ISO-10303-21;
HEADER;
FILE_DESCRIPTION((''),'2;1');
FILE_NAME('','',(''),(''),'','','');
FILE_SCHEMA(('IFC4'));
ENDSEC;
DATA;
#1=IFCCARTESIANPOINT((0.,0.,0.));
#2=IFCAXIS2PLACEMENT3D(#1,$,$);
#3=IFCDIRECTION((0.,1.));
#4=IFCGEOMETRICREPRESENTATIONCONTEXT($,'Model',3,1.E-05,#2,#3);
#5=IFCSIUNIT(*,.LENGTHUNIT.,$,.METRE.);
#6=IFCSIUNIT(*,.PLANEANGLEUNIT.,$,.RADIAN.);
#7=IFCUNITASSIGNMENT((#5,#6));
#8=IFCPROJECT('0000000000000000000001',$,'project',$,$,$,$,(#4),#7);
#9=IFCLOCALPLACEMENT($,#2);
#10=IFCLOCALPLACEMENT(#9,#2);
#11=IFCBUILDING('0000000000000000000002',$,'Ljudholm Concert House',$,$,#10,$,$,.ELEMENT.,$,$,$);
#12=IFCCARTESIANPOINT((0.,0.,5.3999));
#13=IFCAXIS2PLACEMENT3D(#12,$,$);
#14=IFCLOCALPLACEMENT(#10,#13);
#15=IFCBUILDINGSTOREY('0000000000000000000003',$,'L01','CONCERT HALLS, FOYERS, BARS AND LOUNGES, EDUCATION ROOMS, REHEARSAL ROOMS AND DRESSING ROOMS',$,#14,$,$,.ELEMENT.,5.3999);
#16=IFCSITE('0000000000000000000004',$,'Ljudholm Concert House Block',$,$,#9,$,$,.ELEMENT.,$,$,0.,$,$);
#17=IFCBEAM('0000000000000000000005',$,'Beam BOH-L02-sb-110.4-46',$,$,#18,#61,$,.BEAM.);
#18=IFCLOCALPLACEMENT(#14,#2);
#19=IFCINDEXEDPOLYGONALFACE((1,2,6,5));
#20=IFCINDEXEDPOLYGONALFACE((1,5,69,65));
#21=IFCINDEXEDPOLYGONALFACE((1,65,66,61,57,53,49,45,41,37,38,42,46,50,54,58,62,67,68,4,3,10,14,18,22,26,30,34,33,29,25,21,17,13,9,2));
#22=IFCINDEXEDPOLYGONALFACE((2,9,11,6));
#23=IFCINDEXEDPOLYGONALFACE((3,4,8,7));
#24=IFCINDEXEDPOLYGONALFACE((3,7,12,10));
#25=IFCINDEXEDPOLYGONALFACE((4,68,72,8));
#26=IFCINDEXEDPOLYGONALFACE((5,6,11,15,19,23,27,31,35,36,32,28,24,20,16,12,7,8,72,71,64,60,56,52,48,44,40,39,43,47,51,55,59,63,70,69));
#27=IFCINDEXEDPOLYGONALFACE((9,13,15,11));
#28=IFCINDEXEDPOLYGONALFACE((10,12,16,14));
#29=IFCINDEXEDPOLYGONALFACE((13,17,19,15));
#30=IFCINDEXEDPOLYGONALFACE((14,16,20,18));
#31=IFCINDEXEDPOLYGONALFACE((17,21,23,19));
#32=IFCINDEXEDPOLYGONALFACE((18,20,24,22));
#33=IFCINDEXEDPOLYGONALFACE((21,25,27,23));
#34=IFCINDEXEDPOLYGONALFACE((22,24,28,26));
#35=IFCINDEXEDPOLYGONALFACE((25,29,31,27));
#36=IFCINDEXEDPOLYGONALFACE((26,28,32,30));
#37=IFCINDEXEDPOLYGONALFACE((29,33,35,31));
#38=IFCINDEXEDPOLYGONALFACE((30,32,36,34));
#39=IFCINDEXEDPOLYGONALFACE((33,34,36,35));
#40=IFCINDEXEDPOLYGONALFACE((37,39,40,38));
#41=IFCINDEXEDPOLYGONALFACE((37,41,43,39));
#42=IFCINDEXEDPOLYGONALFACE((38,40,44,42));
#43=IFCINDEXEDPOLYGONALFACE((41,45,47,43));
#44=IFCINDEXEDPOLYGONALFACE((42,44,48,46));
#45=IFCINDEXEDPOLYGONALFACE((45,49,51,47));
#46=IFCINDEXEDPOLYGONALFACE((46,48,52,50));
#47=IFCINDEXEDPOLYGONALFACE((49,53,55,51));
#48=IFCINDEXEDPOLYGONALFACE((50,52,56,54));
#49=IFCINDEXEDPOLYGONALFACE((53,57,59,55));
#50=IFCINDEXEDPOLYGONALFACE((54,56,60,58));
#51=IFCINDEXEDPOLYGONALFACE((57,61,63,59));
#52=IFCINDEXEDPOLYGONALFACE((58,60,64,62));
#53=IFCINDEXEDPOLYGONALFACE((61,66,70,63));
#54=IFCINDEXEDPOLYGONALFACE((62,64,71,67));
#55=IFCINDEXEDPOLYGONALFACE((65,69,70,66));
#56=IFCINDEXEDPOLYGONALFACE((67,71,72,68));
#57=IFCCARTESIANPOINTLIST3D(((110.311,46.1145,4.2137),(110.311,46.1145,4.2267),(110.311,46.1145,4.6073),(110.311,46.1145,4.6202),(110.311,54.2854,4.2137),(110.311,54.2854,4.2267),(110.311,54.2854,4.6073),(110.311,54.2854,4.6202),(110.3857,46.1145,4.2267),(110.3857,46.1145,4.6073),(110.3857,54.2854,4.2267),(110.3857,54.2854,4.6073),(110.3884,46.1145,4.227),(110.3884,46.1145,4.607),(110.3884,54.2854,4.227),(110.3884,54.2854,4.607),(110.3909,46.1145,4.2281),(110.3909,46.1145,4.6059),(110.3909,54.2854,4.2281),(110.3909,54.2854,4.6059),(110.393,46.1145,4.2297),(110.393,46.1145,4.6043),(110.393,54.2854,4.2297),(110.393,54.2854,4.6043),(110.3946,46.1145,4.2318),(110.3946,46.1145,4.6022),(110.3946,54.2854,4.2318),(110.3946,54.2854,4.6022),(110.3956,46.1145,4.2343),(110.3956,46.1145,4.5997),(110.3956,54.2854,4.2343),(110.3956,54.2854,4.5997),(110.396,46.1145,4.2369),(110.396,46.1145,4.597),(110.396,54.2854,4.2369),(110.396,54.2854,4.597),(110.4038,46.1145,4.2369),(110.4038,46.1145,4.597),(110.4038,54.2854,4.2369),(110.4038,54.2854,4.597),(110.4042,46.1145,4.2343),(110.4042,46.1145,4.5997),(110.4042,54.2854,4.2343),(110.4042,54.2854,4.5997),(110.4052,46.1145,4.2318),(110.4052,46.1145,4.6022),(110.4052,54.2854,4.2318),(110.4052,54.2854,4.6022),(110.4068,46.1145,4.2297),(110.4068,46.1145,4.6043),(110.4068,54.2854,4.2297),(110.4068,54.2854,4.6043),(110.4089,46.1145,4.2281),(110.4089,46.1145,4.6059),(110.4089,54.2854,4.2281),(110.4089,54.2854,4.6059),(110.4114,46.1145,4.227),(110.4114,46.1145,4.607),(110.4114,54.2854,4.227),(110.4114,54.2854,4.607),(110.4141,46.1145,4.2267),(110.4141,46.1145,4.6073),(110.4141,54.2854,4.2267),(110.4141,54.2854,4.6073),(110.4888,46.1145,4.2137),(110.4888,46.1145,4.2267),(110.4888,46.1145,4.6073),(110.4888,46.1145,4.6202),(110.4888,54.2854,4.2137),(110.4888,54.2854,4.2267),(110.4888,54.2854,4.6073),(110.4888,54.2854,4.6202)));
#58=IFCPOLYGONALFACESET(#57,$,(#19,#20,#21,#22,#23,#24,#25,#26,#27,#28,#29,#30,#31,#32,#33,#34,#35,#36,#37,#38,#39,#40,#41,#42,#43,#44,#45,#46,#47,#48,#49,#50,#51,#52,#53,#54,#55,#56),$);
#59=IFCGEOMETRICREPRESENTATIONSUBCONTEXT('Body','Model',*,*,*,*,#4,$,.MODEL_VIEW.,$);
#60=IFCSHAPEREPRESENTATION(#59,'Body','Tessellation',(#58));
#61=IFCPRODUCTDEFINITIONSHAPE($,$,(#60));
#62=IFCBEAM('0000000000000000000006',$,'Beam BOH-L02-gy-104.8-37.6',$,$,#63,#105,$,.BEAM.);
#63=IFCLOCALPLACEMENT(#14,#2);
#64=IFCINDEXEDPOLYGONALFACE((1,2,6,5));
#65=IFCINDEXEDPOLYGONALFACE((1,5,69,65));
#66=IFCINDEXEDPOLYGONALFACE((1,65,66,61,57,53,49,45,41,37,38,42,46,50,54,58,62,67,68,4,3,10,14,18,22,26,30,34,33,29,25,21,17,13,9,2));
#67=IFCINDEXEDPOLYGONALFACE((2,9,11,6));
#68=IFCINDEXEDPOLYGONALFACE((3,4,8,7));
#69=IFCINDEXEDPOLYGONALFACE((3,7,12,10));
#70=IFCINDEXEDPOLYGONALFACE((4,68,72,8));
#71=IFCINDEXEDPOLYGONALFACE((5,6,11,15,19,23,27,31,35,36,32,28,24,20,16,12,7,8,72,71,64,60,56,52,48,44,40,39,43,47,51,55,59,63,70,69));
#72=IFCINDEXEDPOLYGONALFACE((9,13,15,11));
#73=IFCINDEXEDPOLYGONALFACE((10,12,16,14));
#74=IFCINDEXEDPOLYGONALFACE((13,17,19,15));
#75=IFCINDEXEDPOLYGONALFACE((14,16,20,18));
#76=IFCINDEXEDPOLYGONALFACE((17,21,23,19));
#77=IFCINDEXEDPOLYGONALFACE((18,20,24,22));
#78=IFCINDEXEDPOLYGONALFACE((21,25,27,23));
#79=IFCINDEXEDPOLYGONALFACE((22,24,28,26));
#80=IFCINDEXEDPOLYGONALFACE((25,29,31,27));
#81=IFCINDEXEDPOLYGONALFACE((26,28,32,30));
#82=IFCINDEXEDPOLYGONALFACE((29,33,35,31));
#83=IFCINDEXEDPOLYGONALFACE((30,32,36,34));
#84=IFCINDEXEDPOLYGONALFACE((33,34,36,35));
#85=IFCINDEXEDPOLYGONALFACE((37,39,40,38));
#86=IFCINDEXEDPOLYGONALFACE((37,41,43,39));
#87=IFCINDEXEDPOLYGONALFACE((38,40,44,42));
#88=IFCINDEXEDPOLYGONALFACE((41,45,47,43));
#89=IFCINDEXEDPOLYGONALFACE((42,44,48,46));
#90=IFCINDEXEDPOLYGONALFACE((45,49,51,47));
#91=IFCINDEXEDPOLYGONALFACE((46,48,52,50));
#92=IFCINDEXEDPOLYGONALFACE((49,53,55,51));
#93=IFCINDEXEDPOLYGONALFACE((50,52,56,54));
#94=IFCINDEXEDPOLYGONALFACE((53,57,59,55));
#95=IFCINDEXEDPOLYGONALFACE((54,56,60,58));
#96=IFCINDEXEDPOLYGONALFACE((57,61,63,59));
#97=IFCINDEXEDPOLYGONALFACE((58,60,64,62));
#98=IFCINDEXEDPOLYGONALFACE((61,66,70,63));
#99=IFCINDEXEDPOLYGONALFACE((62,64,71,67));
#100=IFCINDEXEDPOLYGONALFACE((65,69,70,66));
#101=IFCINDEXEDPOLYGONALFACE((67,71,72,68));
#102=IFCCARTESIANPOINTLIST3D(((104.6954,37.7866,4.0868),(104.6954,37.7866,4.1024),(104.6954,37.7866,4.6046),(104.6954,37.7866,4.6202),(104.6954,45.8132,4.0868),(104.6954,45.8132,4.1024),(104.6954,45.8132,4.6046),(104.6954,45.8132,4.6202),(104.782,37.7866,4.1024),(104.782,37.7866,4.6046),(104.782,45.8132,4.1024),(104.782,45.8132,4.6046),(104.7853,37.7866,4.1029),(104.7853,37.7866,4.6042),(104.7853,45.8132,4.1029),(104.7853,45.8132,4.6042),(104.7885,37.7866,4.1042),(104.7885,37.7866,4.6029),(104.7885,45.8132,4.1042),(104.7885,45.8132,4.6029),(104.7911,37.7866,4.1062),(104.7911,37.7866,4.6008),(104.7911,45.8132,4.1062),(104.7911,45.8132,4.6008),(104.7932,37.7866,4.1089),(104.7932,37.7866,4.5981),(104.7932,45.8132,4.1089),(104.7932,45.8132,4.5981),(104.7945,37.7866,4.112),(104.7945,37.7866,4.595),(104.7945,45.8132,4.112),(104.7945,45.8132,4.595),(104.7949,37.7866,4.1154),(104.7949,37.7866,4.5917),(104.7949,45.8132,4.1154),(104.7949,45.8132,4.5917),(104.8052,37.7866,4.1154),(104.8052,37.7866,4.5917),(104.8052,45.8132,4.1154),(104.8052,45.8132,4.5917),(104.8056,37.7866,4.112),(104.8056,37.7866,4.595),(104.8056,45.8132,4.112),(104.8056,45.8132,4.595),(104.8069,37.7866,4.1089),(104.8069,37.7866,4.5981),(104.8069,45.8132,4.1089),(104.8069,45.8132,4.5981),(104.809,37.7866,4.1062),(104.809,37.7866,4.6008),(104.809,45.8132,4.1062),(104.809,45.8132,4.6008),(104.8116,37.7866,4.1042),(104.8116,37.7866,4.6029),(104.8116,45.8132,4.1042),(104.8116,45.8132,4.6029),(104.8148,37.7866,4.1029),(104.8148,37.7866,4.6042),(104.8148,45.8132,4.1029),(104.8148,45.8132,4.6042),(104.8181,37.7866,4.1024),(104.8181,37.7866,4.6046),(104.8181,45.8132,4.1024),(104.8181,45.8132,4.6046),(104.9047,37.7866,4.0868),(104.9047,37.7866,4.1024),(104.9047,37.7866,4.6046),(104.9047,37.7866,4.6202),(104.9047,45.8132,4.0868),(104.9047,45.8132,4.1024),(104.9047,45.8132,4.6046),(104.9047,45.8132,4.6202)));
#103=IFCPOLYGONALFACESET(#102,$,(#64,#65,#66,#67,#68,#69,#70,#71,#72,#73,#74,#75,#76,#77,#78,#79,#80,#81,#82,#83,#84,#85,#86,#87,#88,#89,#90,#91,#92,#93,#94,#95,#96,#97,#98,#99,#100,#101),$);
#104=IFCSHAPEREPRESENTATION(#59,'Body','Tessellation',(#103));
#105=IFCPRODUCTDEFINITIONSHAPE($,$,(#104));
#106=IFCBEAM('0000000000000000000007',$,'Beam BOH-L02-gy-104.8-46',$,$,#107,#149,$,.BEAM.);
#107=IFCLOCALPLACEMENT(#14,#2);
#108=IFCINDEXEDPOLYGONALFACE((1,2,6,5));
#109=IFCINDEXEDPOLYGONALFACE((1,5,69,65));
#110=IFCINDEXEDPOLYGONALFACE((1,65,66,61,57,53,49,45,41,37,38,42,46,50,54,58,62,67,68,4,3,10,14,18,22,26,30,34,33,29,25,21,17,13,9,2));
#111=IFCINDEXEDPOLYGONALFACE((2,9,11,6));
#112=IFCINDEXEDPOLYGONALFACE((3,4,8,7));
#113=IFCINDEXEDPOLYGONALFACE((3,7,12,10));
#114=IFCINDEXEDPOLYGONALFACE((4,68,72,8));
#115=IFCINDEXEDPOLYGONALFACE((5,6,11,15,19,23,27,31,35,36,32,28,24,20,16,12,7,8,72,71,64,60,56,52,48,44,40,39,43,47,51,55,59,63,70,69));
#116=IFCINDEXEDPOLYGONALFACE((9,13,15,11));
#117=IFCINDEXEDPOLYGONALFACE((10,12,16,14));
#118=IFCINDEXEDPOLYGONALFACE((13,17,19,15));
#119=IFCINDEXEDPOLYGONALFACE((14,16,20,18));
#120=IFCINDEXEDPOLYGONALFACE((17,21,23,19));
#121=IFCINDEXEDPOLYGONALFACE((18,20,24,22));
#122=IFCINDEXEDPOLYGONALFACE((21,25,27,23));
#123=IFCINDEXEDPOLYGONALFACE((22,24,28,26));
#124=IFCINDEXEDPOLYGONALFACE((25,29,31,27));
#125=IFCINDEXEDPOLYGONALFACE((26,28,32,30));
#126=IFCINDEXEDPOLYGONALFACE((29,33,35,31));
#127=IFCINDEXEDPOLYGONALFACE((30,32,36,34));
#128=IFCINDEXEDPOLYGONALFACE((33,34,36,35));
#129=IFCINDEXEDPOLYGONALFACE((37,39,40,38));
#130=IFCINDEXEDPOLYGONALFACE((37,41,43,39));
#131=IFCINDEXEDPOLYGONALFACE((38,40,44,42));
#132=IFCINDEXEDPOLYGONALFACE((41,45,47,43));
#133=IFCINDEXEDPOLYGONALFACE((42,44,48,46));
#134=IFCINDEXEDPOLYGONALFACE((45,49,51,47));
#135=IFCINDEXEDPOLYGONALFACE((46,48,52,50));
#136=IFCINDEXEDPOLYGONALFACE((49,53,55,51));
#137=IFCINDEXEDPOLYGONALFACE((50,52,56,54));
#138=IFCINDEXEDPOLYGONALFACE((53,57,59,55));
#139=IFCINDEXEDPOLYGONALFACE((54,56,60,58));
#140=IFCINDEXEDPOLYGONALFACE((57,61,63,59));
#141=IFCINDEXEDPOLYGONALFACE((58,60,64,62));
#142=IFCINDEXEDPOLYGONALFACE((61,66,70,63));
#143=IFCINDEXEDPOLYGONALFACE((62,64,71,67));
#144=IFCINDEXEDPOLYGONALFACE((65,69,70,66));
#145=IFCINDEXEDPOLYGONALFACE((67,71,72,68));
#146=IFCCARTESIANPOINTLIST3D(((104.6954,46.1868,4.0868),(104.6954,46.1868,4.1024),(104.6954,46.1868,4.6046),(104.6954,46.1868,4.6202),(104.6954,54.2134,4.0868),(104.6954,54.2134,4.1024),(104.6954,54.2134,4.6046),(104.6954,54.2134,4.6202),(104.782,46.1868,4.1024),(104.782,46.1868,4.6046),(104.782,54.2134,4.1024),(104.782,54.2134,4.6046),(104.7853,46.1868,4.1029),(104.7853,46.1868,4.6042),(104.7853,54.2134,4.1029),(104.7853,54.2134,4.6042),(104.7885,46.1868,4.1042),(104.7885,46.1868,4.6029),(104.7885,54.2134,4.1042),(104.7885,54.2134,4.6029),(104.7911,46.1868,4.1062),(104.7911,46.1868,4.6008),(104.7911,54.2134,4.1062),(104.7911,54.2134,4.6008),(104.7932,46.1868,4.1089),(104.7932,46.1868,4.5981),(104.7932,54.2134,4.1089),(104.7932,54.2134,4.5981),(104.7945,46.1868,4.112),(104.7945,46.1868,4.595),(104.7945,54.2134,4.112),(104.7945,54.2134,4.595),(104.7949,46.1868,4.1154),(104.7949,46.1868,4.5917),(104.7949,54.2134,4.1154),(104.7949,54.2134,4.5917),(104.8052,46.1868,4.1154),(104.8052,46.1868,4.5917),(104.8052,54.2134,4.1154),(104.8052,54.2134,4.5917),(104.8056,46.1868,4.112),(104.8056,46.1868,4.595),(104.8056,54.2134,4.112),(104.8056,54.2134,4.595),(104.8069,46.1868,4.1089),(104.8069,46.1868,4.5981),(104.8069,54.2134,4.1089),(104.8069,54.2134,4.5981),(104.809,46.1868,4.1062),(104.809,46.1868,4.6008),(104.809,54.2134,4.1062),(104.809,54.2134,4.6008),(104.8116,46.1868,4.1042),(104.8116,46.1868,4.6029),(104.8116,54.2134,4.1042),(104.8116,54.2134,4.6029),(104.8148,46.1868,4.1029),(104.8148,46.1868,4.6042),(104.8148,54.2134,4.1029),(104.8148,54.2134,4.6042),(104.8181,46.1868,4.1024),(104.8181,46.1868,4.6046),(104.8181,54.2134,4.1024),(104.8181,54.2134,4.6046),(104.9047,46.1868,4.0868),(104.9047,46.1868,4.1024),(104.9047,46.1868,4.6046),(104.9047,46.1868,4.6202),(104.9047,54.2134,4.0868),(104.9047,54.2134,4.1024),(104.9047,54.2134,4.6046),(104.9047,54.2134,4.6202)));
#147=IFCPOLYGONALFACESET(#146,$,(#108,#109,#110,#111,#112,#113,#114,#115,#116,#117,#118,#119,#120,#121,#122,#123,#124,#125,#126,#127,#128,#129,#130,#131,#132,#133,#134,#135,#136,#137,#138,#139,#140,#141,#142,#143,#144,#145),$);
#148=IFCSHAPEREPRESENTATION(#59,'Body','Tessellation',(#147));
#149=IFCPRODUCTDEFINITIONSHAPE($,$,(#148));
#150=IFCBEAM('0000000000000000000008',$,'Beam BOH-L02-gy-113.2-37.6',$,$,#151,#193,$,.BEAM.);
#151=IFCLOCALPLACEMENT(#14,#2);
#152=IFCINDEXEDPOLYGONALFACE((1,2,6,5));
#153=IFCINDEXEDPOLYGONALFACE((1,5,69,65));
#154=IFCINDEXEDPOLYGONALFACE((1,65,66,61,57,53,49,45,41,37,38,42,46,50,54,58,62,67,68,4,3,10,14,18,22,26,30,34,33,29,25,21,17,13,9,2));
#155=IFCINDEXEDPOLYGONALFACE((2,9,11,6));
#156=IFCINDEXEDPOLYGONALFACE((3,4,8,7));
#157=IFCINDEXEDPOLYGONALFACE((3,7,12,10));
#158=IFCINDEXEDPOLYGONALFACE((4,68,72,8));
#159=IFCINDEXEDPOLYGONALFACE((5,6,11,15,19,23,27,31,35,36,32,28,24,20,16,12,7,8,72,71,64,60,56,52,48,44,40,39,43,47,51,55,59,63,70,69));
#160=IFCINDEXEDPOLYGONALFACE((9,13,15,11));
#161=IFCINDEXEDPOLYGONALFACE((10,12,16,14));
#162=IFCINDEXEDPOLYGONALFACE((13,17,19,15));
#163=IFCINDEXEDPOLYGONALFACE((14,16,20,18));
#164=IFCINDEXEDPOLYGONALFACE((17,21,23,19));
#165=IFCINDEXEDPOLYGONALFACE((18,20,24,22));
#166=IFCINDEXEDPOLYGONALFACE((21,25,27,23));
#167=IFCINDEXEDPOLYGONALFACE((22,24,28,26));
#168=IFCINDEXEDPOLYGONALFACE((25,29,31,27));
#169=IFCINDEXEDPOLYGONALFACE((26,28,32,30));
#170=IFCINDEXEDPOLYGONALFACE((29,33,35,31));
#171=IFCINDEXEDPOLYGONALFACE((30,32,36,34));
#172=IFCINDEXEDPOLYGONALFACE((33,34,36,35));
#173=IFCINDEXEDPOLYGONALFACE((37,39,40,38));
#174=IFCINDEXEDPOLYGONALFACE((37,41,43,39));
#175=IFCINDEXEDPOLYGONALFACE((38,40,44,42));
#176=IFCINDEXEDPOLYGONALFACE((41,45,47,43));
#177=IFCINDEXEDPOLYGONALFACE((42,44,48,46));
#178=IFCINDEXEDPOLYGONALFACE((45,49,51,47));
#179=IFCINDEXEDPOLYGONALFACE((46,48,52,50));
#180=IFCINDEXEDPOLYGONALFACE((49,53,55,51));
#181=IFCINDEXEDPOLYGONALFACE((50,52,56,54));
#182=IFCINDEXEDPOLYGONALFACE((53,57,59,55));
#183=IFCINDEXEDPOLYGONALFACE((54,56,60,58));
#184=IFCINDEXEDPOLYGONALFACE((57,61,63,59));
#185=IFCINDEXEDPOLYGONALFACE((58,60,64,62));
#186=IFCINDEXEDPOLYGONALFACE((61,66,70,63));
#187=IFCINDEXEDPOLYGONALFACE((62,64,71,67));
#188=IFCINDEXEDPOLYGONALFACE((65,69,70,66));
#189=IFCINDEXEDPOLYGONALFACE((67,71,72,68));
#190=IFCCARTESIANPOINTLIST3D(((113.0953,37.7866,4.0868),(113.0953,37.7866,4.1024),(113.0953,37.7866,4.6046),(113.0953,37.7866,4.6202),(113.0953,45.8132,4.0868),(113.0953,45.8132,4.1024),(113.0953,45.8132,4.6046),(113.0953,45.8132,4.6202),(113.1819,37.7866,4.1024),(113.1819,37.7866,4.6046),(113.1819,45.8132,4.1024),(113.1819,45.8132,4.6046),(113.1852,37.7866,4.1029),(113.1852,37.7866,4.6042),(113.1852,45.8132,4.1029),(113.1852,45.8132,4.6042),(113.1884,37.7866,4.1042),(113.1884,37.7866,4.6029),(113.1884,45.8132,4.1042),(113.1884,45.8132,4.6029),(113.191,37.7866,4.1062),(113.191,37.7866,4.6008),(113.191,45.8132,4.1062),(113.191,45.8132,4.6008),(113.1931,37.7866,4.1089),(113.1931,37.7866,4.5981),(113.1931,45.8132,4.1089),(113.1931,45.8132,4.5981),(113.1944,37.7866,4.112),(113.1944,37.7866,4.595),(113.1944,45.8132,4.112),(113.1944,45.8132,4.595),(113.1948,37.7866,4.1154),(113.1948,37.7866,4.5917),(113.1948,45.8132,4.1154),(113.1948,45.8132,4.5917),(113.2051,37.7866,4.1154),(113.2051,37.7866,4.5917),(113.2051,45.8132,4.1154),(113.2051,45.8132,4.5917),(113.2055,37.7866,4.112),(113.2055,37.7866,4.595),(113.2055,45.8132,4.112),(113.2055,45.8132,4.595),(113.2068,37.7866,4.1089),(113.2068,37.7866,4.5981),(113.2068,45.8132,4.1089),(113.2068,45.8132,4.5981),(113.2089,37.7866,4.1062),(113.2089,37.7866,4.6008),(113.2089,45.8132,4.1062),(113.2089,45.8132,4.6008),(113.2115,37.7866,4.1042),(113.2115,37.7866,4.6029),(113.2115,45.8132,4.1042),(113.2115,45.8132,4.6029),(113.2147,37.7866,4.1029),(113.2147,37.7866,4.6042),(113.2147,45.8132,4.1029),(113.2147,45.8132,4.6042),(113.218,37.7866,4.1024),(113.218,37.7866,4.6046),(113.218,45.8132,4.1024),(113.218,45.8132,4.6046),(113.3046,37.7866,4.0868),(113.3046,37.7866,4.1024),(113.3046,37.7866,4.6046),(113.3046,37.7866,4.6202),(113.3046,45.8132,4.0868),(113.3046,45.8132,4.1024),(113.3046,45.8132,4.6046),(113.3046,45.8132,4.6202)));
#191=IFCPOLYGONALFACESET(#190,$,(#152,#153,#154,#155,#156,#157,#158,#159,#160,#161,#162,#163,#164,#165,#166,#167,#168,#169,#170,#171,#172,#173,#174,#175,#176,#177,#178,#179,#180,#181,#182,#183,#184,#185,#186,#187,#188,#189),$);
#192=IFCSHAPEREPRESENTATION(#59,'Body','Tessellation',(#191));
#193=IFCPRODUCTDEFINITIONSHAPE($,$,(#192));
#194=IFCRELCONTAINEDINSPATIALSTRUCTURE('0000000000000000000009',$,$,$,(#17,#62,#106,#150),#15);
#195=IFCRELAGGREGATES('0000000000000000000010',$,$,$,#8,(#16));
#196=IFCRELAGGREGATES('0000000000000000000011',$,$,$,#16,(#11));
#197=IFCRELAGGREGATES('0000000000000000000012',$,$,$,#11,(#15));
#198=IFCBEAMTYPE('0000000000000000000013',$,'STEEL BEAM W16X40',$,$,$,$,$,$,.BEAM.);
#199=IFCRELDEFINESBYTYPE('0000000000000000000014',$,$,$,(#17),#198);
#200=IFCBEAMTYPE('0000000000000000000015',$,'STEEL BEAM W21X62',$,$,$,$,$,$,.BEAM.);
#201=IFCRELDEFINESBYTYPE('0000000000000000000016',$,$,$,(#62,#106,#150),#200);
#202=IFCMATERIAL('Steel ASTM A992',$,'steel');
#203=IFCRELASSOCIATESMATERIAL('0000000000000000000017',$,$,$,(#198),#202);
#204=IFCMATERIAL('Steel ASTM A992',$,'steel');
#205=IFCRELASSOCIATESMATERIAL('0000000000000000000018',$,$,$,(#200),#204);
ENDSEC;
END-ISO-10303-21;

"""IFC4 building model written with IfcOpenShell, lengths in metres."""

from ifc_helpers import new_model, si_unit, direction, frame, origin, origin_2d, place, context, subcontext, project, spatial, i_section, extrude, material, material_profile, profile_set, type_object, element, save


model = new_model("IFC4")

# Units and contexts
model_context = context("Model", 3, precision=1e-05, world=origin(), true_north=direction((0.0, 1.0)))
body_context = subcontext(model_context, "Body", "Model", "MODEL_VIEW")
ifc_project = project(units=[si_unit("LENGTHUNIT", "METRE"), si_unit("PLANEANGLEUNIT", "RADIAN")], contexts=[model_context])

# Site, building, storey
site_placement = place(None, origin())
site = spatial("IfcSite", under=ifc_project, at=site_placement, Name="Ljudholm Concert House Block", CompositionType="ELEMENT", RefElevation=0.0)
building_placement = place(site_placement, origin())
building = spatial("IfcBuilding", under=site, at=building_placement, Name="Ljudholm Concert House", CompositionType="ELEMENT")
storey_placement = place(building_placement, frame((0.0, 0.0, 5.3999)))
storey = spatial("IfcBuildingStorey", under=building, at=storey_placement, Name="L01", Description="CONCERT HALLS, FOYERS, BARS AND LOUNGES, EDUCATION ROOMS, REHEARSAL ROOMS AND DRESSING ROOMS", CompositionType="ELEMENT", Elevation=5.3999)

# Beams
ifc_material_1 = material(Name="Steel ASTM A992", Category="steel")
ifc_material_profile_1 = material_profile(ifc_material_1, i_section(OverallWidth=0.1777, OverallDepth=0.4065, WebThickness=0.0078, FlangeThickness=0.0129, FilletRadius=0.0103, at=origin_2d()), Name="W16X40")
ifc_profile_set_1 = profile_set([ifc_material_profile_1], Name="Steel ASTM A992")
beam_type_1 = type_object("IfcBeamType", Name="STEEL BEAM W16X40", PredefinedType="BEAM", material=ifc_profile_set_1)
for number, where, z_axis, x_axis, name in (
    (1, (110.3999, 46.1145, 4.417), (0.0, 1.0, 0.0), (-1.0, 0.0, 0.0), "Beam BOH-L02-sb-110.4-46"),
):
    element("IfcBeam", number, at=place(storey_placement, frame(where, z_axis=z_axis, x_axis=x_axis)), inside=storey, type_object=beam_type_1, Name=name, PredefinedType="BEAM", context=body_context, shape_type="SweptSolid", body=[
        extrude(i_section(OverallWidth=0.1777, OverallDepth=0.4065, WebThickness=0.0078, FlangeThickness=0.0129, FilletRadius=0.0103, at=origin_2d()), origin(), (0.0, 0.0, 1.0), 8.1709),
    ])
ifc_material_2 = material(Name="Steel ASTM A992", Category="steel")
ifc_material_profile_2 = material_profile(ifc_material_2, i_section(OverallWidth=0.2092, OverallDepth=0.5334, WebThickness=0.0103, FlangeThickness=0.0156, FilletRadius=0.0129, at=origin_2d()), Name="W21X62")
ifc_profile_set_2 = profile_set([ifc_material_profile_2], Name="Steel ASTM A992")
beam_type_2 = type_object("IfcBeamType", Name="STEEL BEAM W21X62", PredefinedType="BEAM", material=ifc_profile_set_2)
for number, where, z_axis, x_axis, name in (
    (2, (104.8, 37.7866, 4.3535), (0.0, 1.0, 0.0), (-1.0, 0.0, 0.0), "Beam BOH-L02-gy-104.8-37.6"),
    (3, (104.8, 46.1868, 4.3535), (0.0, 1.0, 0.0), (-1.0, 0.0, 0.0), "Beam BOH-L02-gy-104.8-46"),
    (4, (113.2, 37.7866, 4.3535), (0.0, 1.0, 0.0), (-1.0, 0.0, 0.0), "Beam BOH-L02-gy-113.2-37.6"),
):
    element("IfcBeam", number, at=place(storey_placement, frame(where, z_axis=z_axis, x_axis=x_axis)), inside=storey, type_object=beam_type_2, Name=name, PredefinedType="BEAM", context=body_context, shape_type="SweptSolid", body=[
        extrude(i_section(OverallWidth=0.2092, OverallDepth=0.5334, WebThickness=0.0103, FlangeThickness=0.0156, FilletRadius=0.0129, at=origin_2d()), origin(), (0.0, 0.0, 1.0), 8.0266),
    ])

save(model, "model.ifc")
